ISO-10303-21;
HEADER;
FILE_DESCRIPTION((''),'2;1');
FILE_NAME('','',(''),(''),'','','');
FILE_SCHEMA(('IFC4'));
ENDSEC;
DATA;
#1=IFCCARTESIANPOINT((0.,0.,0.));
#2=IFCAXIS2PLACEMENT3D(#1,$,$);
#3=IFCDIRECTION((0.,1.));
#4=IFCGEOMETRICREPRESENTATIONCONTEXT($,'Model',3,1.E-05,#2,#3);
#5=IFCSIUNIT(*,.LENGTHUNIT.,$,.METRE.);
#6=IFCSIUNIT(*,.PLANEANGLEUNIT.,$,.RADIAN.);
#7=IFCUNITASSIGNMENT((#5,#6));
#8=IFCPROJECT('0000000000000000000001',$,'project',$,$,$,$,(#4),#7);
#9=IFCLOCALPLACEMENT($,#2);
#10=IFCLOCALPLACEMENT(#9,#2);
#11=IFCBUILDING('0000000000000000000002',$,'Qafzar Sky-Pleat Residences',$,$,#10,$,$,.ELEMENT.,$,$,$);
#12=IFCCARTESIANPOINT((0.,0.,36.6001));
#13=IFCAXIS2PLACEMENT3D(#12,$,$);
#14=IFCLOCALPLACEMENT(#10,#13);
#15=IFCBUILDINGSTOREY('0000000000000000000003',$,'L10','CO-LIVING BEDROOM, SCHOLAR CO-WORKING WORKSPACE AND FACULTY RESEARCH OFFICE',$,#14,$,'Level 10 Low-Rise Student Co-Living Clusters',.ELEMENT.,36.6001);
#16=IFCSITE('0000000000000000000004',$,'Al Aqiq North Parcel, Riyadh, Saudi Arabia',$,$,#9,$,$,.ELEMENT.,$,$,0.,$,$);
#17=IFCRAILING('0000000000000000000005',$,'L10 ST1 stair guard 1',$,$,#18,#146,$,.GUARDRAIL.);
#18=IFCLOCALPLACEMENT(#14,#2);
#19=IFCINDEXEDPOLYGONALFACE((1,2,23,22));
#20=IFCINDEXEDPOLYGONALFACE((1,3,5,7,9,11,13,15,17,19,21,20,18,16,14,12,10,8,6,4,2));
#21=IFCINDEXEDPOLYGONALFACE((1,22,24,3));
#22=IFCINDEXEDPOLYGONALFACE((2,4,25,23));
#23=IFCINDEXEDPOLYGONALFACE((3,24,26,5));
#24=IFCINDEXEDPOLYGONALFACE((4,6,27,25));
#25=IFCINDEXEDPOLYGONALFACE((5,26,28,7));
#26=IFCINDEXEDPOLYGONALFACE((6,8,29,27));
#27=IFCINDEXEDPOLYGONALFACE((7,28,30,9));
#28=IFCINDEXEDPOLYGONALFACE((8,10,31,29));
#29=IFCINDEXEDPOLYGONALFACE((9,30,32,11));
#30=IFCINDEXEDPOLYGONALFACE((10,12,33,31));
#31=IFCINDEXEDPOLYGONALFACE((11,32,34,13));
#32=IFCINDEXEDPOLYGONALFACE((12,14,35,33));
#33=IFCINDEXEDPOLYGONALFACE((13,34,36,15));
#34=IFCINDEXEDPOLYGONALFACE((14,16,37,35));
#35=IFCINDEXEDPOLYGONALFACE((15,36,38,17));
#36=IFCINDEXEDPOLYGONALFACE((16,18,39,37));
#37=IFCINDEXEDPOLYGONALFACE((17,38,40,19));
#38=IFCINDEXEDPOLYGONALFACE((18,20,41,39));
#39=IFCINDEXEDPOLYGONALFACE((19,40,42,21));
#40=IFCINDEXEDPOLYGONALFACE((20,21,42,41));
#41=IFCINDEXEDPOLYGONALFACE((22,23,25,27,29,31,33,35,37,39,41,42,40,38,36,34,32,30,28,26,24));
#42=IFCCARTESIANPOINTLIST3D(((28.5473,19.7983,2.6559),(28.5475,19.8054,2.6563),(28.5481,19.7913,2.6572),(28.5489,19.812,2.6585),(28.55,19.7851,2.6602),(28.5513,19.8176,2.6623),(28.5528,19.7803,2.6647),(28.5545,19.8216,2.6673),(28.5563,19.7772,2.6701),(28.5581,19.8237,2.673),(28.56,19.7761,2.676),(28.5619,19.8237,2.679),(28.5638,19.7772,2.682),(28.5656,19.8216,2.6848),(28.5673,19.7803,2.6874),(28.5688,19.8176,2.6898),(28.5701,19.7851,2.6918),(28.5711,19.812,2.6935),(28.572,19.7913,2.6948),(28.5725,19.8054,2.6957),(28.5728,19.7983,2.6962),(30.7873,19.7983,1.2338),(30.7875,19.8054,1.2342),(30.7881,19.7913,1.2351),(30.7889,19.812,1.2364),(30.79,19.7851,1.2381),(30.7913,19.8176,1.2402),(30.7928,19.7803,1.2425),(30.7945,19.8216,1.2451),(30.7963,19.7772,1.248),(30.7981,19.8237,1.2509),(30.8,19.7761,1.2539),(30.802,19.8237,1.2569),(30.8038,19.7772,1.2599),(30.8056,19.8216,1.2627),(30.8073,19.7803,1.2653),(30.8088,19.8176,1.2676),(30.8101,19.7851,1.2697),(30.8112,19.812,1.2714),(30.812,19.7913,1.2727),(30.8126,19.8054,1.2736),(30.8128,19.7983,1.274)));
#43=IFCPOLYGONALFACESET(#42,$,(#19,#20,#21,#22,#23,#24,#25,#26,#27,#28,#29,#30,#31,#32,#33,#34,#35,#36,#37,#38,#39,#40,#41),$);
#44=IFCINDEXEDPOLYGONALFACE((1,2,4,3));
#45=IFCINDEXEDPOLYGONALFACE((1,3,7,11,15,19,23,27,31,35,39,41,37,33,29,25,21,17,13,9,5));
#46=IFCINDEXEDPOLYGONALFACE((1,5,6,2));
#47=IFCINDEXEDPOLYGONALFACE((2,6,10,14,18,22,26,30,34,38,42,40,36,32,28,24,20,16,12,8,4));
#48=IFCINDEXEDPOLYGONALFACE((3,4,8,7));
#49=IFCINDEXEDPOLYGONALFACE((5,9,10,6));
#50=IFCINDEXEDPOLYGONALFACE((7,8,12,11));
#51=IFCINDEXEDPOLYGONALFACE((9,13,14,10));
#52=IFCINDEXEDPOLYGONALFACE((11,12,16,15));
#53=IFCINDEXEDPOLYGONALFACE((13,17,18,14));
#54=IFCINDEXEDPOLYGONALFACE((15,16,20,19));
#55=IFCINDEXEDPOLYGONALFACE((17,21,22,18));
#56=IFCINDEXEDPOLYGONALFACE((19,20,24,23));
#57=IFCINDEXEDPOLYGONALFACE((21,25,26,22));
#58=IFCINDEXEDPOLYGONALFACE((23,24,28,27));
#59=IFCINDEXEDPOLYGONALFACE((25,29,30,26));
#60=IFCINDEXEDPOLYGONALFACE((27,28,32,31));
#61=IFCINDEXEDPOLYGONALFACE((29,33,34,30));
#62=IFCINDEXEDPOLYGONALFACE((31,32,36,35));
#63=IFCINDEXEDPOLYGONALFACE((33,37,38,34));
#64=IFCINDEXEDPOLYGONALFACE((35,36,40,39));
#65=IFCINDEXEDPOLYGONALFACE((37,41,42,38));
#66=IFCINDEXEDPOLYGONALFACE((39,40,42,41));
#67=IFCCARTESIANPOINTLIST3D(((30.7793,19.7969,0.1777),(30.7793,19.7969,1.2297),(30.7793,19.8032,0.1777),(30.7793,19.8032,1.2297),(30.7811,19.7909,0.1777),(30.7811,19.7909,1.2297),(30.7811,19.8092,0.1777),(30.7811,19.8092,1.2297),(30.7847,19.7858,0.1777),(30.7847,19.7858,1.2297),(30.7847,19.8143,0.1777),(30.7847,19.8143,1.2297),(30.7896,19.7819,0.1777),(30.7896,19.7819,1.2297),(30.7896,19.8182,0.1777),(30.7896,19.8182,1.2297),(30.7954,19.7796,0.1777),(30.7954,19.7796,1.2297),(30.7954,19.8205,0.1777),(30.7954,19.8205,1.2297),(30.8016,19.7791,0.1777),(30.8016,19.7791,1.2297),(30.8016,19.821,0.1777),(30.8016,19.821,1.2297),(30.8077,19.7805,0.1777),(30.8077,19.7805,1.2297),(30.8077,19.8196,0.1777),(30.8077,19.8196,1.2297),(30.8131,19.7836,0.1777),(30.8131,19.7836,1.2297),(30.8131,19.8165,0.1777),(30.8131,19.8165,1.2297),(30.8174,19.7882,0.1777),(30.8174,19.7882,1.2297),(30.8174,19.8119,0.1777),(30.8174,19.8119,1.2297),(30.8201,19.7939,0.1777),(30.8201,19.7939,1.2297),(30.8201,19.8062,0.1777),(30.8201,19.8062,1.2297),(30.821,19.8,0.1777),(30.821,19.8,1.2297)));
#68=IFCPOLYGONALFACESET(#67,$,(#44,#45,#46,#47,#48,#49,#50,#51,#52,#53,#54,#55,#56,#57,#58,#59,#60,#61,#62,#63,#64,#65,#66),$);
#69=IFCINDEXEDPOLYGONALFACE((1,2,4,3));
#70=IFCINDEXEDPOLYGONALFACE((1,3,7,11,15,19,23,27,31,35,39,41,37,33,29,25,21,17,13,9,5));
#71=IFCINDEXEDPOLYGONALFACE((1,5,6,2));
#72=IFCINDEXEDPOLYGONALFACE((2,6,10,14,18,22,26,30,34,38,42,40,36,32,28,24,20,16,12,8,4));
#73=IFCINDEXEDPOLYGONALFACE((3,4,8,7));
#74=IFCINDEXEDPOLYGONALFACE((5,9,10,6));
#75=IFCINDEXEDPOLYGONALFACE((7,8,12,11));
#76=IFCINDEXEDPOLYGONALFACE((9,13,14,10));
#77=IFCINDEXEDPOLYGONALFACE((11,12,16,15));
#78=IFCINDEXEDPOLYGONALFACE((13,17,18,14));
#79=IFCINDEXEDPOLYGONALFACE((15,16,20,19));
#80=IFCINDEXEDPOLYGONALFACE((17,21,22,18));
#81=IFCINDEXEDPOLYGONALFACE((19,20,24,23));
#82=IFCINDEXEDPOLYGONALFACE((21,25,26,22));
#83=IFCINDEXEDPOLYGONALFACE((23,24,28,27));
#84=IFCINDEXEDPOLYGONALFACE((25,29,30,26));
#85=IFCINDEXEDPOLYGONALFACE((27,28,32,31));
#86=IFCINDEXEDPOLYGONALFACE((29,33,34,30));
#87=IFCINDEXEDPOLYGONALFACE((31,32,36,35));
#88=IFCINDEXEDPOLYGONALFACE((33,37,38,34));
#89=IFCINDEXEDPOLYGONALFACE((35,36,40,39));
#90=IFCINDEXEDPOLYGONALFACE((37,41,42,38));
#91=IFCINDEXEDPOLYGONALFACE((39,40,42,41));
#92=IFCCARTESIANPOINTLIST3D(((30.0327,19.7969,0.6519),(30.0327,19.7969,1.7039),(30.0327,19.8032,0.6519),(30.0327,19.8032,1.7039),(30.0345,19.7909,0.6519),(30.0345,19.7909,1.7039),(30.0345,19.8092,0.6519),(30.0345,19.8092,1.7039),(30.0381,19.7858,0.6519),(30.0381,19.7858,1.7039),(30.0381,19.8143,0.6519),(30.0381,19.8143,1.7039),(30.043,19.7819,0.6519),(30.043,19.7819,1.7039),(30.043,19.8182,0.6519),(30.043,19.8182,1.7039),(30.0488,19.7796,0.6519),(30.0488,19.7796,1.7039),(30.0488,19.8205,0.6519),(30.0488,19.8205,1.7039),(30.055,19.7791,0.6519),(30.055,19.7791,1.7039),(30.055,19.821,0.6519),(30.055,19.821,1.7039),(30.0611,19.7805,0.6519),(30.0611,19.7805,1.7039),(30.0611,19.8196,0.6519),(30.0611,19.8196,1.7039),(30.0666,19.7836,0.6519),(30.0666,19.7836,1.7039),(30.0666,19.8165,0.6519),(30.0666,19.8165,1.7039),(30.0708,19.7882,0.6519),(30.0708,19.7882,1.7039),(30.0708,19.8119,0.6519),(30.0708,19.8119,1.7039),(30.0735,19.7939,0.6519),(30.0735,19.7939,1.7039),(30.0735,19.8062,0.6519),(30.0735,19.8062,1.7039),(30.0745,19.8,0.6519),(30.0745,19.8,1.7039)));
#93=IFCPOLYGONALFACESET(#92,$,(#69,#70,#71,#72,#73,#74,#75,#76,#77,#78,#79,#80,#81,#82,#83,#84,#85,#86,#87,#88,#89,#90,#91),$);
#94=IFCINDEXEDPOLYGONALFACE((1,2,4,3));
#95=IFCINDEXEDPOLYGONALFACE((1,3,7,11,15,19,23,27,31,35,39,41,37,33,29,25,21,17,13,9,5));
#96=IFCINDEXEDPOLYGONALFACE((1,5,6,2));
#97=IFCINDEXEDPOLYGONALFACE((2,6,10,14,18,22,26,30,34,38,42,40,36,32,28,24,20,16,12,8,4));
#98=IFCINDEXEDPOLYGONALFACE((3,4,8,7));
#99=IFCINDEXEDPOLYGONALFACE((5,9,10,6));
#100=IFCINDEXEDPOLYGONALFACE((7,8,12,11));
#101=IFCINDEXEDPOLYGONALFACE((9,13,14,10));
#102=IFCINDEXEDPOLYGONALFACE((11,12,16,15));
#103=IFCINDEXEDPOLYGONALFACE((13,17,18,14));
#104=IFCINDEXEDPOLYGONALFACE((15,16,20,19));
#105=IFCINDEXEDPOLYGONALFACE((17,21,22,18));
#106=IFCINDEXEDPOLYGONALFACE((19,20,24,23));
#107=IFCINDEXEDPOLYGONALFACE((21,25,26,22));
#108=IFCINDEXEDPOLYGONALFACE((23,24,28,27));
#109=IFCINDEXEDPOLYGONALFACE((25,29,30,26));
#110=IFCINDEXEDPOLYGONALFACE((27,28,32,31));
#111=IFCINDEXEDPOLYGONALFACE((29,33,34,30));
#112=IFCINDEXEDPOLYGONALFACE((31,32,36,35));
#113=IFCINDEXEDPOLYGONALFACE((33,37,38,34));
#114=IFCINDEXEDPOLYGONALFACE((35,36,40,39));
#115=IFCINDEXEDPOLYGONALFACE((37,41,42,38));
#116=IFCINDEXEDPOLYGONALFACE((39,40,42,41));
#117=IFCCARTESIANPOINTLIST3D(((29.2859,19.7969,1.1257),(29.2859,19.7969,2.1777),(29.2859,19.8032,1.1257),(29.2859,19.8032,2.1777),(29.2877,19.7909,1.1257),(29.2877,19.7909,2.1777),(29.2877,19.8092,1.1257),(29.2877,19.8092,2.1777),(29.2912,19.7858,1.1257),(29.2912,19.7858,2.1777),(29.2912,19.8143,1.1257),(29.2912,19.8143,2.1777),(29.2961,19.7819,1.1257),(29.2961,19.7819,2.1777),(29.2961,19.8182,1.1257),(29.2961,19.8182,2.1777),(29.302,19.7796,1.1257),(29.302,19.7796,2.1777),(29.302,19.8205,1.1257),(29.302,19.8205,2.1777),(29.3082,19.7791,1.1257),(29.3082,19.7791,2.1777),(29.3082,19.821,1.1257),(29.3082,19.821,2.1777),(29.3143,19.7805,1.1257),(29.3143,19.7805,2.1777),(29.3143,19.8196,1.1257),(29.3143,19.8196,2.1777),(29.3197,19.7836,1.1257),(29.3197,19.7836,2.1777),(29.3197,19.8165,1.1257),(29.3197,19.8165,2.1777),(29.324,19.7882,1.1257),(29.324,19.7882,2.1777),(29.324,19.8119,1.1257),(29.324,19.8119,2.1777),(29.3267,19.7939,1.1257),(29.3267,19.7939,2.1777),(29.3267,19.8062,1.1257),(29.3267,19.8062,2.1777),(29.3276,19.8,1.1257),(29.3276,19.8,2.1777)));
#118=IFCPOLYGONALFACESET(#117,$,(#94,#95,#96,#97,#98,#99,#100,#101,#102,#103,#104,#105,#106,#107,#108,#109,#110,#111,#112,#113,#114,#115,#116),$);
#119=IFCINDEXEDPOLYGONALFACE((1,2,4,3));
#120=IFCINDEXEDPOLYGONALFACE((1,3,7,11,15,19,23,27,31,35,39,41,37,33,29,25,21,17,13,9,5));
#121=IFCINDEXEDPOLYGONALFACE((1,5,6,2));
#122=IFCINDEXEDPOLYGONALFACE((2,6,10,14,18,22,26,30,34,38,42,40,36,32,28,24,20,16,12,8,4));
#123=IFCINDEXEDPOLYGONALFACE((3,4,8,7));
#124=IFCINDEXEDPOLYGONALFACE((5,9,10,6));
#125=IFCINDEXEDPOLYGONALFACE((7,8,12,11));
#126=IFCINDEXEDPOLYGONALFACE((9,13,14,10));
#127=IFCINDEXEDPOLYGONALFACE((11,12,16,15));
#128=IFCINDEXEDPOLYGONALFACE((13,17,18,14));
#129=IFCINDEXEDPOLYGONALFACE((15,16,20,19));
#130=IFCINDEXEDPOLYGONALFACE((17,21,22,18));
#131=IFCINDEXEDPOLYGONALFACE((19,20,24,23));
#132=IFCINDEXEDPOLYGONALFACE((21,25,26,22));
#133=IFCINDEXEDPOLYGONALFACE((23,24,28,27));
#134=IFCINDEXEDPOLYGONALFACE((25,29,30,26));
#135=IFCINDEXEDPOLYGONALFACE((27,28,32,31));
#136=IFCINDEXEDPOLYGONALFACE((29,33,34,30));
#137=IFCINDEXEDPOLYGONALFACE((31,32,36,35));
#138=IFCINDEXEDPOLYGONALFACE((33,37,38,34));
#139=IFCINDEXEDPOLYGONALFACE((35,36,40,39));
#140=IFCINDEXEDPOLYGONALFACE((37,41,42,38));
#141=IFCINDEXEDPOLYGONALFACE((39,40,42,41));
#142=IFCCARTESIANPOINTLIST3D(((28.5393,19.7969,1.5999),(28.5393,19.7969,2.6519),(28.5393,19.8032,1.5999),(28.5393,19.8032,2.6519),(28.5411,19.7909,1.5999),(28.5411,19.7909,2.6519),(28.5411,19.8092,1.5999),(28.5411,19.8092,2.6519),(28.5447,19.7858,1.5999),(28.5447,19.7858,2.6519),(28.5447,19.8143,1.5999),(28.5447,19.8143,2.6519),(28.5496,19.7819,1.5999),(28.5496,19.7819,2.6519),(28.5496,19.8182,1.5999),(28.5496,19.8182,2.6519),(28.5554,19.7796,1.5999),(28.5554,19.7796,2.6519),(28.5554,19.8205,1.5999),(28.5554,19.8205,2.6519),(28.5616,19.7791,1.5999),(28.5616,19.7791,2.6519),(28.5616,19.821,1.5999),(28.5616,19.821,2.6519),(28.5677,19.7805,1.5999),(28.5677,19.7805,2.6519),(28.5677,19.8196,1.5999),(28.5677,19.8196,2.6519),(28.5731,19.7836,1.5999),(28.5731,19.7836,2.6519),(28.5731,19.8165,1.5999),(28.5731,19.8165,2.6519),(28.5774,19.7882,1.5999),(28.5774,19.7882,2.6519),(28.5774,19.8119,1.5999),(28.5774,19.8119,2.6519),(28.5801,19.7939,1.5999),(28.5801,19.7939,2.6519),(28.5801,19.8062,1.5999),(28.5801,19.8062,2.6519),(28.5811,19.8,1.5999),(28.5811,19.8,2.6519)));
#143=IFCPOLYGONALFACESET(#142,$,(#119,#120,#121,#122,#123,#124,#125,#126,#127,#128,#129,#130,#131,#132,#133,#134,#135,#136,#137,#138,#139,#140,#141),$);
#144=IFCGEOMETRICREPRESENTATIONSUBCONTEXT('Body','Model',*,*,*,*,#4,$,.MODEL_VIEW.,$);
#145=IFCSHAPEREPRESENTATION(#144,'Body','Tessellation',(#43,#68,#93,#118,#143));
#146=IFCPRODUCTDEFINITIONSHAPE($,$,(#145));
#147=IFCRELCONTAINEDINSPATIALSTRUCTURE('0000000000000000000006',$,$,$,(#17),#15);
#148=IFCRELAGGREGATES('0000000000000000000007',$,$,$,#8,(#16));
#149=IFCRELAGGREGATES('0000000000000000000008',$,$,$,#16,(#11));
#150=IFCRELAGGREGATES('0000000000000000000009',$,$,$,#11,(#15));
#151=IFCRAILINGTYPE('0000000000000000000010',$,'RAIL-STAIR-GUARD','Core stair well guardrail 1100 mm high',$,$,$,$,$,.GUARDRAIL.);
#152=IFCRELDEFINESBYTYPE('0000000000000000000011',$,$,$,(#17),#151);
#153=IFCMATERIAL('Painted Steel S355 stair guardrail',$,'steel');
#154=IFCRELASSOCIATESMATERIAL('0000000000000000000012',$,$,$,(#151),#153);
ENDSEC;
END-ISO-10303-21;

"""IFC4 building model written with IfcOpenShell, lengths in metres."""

from ifc_helpers import new_model, si_unit, direction, frame, origin, origin_2d, place, context, subcontext, project, spatial, circle, extrude, source, transform, mapped, material, type_object, element, save


model = new_model("IFC4")

# Units and contexts
model_context = context("Model", 3, precision=1e-05, world=origin(), true_north=direction((0.0, 1.0)))
body_context = subcontext(model_context, "Body", "Model", "MODEL_VIEW")
ifc_project = project(units=[si_unit("LENGTHUNIT", "METRE"), si_unit("PLANEANGLEUNIT", "RADIAN")], contexts=[model_context])

# Site, building, storey
site_placement = place(None, origin())
site = spatial("IfcSite", under=ifc_project, at=site_placement, Name="Al Aqiq North Parcel, Riyadh, Saudi Arabia", CompositionType="ELEMENT", RefElevation=0.0)
building_placement = place(site_placement, origin())
building = spatial("IfcBuilding", under=site, at=building_placement, Name="Qafzar Sky-Pleat Residences", CompositionType="ELEMENT")
storey_placement = place(building_placement, frame((0.0, 0.0, 36.6001)))
storey = spatial("IfcBuildingStorey", under=building, at=storey_placement, Name="L10", Description="CO-LIVING BEDROOM, SCHOLAR CO-WORKING WORKSPACE AND FACULTY RESEARCH OFFICE", LongName="Level 10 Low-Rise Student Co-Living Clusters", CompositionType="ELEMENT", Elevation=36.6001)

# Railing
ifc_material_1 = material(Name="Painted Steel S355 stair guardrail", Category="steel")
railing_type_1 = type_object("IfcRailingType", Name="RAIL-STAIR-GUARD", Description="Core stair well guardrail 1100 mm high", PredefinedType="GUARDRAIL", material=ifc_material_1)
shared_shape_1 = source(origin(), body_context, "Body", "SweptSolid", [
    extrude(circle(Radius=0.0239, at=origin_2d()), frame((0.0, 0.0, 1.0762), z_axis=(-0.844229, 0.0, 0.535982), x_axis=(0.0, -1.0, 0.0)), (0.0, 0.0, 1.0), 2.6533),
    extrude(circle(Radius=0.021, at=origin_2d()), origin(), (0.0, 0.0, 1.0), 1.052),
    extrude(circle(Radius=0.021, at=origin_2d()), frame((-0.7466, 0.0, 0.4741)), (0.0, 0.0, 1.0), 1.052),
    extrude(circle(Radius=0.021, at=origin_2d()), frame((-1.4934, 0.0, 0.948)), (0.0, 0.0, 1.0), 1.052),
    extrude(circle(Radius=0.021, at=origin_2d()), frame((-2.24, 0.0, 1.4221)), (0.0, 0.0, 1.0), 1.052),
])
railing_1_placement = place(storey_placement, frame((30.8, 19.8, 0.1777)))
element("IfcRailing", 1, at=railing_1_placement, inside=storey, type_object=railing_type_1, Name="L10 ST1 stair guard 1", PredefinedType="GUARDRAIL", context=body_context, shape_type="MappedRepresentation", body=[
    mapped(shared_shape_1, transform((0.0, 0.0, 0.0), x_axis=(1.0, 0.0, 0.0), y_axis=(0.0, 1.0, 0.0), z_axis=(0.0, 0.0, 1.0), scale=1.0)),
])

save(model, "model.ifc")
